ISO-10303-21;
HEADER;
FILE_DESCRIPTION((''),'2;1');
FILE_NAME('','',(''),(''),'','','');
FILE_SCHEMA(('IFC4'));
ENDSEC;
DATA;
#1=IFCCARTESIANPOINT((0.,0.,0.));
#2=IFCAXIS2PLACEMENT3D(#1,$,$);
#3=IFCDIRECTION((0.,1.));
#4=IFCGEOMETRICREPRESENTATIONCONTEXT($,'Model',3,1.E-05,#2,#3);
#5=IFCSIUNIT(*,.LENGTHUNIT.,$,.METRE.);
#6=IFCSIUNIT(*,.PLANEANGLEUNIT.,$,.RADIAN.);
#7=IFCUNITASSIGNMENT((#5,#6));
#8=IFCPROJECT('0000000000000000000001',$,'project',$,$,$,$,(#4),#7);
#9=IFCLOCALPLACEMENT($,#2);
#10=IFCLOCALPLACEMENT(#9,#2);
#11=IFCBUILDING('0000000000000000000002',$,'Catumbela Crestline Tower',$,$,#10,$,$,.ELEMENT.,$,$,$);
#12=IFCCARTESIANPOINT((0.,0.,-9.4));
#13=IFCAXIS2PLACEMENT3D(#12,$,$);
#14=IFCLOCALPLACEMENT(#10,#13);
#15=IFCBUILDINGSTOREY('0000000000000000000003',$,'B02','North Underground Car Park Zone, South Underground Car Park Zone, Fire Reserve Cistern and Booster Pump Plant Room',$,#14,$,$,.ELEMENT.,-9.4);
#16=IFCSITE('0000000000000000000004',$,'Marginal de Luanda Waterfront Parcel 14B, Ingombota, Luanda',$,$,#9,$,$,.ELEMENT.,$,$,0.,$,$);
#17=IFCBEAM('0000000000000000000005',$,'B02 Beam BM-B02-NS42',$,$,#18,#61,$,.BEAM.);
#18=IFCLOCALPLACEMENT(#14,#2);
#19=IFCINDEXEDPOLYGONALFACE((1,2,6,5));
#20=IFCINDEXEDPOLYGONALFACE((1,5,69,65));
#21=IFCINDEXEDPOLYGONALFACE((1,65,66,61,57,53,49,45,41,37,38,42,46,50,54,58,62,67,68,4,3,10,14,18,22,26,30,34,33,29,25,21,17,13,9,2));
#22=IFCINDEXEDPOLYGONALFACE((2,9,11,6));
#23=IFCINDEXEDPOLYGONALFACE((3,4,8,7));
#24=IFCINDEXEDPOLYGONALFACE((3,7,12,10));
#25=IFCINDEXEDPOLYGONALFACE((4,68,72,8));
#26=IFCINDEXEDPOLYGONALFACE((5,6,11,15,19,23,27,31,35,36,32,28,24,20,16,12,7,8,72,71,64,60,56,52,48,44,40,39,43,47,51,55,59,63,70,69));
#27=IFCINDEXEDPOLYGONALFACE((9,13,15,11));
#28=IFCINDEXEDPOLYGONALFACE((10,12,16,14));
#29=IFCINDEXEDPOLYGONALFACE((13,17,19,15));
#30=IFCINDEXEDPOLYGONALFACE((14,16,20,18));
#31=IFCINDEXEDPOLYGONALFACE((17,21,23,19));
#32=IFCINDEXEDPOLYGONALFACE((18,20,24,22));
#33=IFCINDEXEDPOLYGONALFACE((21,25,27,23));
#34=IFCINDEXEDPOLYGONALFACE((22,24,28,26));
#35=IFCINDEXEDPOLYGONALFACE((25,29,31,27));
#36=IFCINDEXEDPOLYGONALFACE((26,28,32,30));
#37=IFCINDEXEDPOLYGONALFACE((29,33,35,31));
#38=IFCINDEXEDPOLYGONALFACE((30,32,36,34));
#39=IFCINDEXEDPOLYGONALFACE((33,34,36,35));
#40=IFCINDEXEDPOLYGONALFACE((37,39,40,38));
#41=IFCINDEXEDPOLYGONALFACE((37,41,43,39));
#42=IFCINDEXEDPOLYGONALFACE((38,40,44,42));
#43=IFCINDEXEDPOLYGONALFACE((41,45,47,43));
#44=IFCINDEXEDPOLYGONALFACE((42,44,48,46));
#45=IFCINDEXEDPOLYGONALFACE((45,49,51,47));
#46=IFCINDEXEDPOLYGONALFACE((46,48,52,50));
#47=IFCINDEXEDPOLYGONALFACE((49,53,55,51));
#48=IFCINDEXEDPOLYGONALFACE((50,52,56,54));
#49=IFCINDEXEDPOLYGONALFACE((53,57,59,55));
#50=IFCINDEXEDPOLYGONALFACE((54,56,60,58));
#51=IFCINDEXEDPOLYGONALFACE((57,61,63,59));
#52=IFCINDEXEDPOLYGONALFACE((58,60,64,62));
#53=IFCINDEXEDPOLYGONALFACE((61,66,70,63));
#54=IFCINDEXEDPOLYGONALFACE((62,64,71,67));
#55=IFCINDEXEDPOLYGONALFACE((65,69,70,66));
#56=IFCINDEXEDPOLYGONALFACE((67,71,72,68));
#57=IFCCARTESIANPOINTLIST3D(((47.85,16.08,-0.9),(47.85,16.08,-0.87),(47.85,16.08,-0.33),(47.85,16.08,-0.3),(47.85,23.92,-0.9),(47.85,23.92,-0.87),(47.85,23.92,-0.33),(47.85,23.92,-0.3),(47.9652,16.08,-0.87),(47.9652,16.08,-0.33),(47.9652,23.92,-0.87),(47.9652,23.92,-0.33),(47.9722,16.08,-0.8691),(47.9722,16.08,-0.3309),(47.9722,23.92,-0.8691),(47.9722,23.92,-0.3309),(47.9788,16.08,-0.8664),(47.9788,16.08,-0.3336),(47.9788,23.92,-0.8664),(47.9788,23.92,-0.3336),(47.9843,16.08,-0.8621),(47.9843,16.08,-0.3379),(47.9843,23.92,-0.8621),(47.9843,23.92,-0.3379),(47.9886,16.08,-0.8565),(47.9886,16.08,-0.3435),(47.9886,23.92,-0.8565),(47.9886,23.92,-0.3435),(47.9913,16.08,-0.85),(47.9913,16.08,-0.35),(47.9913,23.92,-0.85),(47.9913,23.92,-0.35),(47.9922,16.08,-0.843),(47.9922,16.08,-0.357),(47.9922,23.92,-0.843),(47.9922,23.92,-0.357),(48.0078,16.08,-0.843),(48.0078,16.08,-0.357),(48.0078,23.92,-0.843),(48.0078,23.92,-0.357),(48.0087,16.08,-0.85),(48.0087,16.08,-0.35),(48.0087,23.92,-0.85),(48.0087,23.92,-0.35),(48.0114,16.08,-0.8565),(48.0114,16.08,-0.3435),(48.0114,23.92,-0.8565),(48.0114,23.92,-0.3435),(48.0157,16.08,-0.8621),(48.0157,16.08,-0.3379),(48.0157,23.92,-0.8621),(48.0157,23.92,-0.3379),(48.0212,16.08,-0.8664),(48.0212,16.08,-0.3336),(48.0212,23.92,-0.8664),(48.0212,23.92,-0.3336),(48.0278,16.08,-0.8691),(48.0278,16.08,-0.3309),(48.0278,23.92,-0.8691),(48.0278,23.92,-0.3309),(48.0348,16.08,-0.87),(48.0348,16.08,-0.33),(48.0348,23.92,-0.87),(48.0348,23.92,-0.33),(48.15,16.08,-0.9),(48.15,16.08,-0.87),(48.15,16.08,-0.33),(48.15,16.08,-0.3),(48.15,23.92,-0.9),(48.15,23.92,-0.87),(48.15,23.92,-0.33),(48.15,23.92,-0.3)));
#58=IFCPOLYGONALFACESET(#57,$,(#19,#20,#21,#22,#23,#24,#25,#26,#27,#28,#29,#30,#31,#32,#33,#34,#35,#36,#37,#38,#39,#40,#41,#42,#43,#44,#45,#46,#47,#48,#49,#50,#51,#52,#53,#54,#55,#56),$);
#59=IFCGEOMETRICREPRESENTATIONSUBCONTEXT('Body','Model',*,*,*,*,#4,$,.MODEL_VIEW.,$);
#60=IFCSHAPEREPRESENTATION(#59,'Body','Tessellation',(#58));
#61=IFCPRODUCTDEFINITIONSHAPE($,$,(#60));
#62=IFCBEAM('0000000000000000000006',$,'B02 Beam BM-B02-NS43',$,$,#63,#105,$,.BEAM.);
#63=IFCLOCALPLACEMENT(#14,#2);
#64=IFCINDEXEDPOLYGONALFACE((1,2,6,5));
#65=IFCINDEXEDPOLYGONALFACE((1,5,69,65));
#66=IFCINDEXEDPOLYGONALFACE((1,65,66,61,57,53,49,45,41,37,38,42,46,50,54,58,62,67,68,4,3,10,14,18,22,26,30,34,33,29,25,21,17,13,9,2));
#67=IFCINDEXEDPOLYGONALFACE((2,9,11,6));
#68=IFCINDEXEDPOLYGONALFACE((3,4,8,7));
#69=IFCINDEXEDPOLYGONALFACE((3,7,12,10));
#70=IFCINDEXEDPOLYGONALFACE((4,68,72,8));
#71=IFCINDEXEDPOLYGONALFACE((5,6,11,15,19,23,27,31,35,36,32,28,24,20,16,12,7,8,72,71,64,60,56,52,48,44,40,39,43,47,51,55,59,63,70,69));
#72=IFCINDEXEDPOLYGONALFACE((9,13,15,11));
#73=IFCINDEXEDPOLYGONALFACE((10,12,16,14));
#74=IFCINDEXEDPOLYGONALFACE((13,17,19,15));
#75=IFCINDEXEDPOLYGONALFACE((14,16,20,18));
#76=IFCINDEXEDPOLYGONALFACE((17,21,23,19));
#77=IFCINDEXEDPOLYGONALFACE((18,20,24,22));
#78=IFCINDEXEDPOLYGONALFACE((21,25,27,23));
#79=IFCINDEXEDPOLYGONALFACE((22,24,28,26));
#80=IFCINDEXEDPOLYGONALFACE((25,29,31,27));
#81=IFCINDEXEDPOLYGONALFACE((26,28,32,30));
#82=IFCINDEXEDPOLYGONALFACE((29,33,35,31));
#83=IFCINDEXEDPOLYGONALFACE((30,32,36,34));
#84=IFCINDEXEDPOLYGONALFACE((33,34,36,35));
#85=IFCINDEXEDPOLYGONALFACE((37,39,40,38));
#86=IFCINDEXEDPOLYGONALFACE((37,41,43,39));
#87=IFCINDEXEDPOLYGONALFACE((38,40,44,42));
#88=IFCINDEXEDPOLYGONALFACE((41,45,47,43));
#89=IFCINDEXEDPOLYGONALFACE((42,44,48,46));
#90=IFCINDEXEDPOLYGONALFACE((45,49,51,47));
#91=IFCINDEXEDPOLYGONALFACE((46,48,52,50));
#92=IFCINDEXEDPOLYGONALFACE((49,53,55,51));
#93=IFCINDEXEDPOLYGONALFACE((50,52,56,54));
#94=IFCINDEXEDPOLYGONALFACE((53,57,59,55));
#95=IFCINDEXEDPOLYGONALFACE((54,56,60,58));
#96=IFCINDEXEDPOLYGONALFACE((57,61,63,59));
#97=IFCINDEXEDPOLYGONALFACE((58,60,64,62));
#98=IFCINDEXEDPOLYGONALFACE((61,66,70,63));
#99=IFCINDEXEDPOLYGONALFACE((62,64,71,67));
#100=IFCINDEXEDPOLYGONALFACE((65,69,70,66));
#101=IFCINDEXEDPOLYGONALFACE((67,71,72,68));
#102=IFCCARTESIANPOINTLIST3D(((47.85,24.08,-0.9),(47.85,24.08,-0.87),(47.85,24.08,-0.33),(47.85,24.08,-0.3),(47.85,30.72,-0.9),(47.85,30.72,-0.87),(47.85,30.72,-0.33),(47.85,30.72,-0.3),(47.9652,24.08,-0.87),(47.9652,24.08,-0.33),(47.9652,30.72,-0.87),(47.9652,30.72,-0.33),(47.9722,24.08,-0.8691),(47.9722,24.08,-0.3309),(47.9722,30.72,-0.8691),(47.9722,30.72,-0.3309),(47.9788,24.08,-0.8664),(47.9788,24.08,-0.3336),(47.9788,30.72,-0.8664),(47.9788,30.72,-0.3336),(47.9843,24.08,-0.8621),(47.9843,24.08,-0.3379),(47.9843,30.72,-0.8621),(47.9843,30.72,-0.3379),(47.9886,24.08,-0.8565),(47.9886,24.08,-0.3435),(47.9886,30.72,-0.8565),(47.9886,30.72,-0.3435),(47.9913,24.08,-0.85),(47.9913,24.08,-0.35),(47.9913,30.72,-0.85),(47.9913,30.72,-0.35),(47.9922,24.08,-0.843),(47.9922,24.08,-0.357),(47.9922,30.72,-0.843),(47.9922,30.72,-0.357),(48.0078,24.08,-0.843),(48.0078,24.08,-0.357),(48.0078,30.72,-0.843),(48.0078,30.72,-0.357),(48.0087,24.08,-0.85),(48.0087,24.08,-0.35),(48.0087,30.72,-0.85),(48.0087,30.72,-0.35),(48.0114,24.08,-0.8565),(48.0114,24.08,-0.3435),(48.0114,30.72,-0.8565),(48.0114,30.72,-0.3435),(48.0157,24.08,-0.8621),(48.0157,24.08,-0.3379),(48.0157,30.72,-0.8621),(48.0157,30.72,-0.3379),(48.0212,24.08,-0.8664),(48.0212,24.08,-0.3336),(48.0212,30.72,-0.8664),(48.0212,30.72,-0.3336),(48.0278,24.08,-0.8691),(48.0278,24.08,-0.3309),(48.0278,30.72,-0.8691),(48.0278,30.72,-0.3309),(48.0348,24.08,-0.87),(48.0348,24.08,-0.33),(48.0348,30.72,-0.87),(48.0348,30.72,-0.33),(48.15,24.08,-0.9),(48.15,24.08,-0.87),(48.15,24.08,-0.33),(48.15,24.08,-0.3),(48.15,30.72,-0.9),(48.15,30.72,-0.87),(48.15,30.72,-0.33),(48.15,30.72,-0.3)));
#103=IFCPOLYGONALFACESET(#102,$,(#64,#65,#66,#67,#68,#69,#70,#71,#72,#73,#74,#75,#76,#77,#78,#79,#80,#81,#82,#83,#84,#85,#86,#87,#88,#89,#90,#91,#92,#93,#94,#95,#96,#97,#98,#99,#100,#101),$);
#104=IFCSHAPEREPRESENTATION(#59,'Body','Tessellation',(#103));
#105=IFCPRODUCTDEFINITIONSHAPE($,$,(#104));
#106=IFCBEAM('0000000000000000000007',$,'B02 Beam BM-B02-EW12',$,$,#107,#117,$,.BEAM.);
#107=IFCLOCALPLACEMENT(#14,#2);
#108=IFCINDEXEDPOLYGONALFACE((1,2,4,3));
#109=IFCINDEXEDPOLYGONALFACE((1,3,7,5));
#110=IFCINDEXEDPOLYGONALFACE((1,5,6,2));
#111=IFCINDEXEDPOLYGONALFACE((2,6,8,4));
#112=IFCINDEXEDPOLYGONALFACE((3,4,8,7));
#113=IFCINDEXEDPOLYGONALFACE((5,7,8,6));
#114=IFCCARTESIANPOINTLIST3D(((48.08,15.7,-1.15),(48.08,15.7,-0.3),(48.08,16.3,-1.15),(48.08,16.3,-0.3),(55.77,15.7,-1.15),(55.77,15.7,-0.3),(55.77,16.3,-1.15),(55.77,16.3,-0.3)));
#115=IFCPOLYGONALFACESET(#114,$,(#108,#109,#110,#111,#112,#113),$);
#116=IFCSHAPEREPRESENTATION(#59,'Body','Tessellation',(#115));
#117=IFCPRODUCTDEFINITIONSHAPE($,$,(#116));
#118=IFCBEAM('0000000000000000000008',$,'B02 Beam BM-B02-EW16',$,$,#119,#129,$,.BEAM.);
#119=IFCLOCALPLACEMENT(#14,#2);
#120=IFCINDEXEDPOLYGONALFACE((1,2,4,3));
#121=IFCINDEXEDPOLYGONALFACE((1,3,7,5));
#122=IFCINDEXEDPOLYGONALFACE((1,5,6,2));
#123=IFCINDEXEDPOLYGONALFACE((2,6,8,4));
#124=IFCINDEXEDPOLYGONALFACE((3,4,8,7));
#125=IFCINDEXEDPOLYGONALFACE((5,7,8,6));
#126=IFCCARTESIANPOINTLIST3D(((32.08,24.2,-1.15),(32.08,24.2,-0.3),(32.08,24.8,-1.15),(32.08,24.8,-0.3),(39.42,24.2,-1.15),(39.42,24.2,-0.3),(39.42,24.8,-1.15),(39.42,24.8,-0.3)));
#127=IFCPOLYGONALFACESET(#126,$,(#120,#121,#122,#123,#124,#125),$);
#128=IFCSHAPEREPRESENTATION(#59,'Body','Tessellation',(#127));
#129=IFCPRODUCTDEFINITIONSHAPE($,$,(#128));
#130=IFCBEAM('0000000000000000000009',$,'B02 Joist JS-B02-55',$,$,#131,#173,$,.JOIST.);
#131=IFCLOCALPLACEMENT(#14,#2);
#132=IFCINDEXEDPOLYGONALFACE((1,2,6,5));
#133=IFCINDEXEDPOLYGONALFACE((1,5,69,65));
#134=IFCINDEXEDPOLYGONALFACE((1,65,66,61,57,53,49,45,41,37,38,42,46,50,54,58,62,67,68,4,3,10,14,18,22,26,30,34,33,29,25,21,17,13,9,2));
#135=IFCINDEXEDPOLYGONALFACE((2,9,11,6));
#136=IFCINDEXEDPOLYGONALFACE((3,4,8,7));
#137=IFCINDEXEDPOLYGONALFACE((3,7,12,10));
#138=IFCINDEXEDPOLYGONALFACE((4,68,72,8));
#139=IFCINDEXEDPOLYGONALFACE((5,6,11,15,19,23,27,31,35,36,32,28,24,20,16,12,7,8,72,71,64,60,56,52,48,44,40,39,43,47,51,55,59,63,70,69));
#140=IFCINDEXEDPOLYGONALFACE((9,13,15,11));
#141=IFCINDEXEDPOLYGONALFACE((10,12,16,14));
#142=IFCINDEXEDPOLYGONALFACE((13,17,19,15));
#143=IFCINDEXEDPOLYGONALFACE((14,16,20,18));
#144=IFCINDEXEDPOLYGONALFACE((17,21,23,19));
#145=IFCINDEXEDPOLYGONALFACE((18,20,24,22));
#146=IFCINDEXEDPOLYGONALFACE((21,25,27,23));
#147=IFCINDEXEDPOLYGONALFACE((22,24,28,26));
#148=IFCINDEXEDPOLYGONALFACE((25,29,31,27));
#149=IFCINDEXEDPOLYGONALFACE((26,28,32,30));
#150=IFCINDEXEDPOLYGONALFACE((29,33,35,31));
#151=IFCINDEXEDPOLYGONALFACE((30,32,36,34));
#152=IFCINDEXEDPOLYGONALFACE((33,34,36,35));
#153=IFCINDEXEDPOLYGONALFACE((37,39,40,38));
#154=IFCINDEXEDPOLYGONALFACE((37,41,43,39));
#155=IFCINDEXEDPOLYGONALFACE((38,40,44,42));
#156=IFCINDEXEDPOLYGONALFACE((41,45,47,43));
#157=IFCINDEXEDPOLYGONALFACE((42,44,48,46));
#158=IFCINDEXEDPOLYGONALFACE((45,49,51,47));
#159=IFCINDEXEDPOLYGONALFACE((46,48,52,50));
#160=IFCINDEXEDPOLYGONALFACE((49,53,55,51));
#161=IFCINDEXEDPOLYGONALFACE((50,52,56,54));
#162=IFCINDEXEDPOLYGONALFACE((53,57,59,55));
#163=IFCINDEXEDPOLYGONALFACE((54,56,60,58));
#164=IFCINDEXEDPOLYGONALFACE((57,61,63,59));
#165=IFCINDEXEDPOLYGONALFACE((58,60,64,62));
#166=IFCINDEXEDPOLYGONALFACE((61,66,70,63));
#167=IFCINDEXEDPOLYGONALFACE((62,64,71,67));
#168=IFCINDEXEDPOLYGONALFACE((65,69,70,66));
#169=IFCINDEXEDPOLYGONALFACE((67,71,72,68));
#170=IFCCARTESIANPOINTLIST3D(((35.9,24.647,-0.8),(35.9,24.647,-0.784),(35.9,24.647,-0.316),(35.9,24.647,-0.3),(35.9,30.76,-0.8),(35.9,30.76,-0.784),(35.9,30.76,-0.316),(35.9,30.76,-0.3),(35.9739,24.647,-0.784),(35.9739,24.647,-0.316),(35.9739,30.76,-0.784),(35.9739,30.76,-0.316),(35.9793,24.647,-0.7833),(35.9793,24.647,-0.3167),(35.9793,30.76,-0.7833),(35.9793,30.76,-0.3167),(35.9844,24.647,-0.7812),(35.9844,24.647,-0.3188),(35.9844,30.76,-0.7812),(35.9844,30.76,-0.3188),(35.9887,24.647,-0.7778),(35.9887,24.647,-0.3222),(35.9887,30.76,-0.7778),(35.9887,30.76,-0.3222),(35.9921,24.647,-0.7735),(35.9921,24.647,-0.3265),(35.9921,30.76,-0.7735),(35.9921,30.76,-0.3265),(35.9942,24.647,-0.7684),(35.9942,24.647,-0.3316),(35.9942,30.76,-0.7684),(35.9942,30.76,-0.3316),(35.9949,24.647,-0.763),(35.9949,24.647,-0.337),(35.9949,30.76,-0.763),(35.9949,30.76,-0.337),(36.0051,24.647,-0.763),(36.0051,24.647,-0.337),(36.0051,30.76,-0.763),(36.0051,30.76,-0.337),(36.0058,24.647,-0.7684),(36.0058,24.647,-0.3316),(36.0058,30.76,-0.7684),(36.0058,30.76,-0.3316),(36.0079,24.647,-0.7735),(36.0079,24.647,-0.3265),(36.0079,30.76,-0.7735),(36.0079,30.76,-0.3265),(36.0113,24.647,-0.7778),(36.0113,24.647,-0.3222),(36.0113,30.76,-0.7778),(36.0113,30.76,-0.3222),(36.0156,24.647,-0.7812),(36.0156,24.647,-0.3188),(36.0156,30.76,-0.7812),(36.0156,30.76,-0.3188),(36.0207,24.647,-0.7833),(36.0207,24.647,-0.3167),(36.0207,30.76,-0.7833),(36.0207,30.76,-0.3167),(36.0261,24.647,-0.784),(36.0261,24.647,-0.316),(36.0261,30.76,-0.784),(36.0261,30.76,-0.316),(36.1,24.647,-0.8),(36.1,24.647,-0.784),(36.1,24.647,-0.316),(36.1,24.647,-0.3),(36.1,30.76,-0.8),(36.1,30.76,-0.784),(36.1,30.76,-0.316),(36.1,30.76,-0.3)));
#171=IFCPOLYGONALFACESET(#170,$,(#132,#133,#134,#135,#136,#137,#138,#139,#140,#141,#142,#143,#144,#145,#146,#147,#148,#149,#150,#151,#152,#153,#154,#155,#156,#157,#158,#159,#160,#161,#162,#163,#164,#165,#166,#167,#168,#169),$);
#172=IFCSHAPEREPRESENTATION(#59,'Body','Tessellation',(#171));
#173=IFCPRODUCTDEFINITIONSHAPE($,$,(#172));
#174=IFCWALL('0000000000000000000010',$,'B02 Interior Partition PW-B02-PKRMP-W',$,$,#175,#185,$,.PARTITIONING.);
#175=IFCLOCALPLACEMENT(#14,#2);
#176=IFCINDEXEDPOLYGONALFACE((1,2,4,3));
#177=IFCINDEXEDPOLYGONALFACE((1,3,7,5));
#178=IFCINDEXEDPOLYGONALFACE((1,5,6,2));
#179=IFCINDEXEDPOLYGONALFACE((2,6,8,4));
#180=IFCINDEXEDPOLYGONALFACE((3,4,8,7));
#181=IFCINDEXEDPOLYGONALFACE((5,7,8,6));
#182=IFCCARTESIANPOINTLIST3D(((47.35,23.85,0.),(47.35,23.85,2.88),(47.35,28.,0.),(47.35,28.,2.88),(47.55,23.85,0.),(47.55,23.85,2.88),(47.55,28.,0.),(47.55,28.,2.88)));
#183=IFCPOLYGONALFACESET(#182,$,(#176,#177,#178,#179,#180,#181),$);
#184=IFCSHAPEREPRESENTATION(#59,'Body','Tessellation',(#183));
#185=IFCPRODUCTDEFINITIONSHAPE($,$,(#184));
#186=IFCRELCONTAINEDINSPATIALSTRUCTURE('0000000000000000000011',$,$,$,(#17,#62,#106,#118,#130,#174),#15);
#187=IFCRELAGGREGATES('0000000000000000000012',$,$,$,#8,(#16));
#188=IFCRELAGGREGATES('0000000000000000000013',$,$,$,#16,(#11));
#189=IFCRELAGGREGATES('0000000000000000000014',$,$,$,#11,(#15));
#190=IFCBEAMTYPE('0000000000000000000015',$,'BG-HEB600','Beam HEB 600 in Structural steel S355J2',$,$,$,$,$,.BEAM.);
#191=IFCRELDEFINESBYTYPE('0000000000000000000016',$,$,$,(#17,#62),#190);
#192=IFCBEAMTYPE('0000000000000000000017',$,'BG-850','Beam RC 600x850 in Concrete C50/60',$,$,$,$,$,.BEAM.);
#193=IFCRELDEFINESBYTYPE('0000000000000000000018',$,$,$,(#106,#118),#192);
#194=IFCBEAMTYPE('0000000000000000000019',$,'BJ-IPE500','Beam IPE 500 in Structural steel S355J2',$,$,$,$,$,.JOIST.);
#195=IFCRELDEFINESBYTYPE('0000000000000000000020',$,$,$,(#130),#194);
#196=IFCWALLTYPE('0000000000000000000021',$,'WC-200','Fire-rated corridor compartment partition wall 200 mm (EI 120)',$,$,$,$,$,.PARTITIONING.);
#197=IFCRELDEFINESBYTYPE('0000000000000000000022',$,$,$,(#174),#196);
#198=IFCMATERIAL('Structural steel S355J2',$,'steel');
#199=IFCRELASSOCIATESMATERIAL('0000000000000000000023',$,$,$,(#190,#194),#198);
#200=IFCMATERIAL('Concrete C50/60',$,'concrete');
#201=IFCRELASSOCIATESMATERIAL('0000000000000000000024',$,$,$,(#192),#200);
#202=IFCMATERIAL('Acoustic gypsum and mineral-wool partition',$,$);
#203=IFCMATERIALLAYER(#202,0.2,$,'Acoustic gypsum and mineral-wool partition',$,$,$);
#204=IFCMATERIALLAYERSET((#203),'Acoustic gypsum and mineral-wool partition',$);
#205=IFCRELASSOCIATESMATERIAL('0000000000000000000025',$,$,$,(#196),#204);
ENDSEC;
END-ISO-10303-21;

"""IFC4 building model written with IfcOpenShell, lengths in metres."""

from ifc_helpers import new_model, si_unit, direction, frame, frame_2d, origin, origin_2d, place, context, subcontext, project, spatial, rectangle, i_section, extrude, material, layer, layer_set, material_profile, profile_set, type_object, element, save


model = new_model("IFC4")

# Units and contexts
model_context = context("Model", 3, precision=1e-05, world=origin(), true_north=direction((0.0, 1.0)))
body_context = subcontext(model_context, "Body", "Model", "MODEL_VIEW")
ifc_project = project(units=[si_unit("LENGTHUNIT", "METRE"), si_unit("PLANEANGLEUNIT", "RADIAN")], contexts=[model_context])

# Site, building, storey
site_placement = place(None, origin())
site = spatial("IfcSite", under=ifc_project, at=site_placement, Name="Marginal de Luanda Waterfront Parcel 14B, Ingombota, Luanda", CompositionType="ELEMENT", RefElevation=0.0)
building_placement = place(site_placement, origin())
building = spatial("IfcBuilding", under=site, at=building_placement, Name="Catumbela Crestline Tower", CompositionType="ELEMENT")
storey_placement = place(building_placement, frame((0.0, 0.0, -9.4)))
storey = spatial("IfcBuildingStorey", under=building, at=storey_placement, Name="B02", Description="North Underground Car Park Zone, South Underground Car Park Zone, Fire Reserve Cistern and Booster Pump Plant Room", CompositionType="ELEMENT", Elevation=-9.4)

# Shared definitions
ifc_material_1 = material(Name="Concrete C50/60", Category="concrete")

# Beams
ifc_material_2 = material(Name="Structural steel S355J2", Category="steel")
ifc_material_profile_1 = material_profile(ifc_material_2, i_section(OverallWidth=0.3, OverallDepth=0.6, WebThickness=0.0155, FlangeThickness=0.03, FilletRadius=0.027, at=origin_2d()), Name="HEB 600")
ifc_profile_set_1 = profile_set([ifc_material_profile_1], Name="Structural steel S355J2")
beam_type_1 = type_object("IfcBeamType", Name="BG-HEB600", Description="Beam HEB 600 in Structural steel S355J2", PredefinedType="BEAM", material=ifc_profile_set_1)
beam_1_placement = place(storey_placement, frame((48.0, 16.08, -0.6), z_axis=(0.0, 1.0, 0.0), x_axis=(-1.0, 0.0, 0.0)))
element("IfcBeam", 1, at=beam_1_placement, inside=storey, type_object=beam_type_1, Name="B02 Beam BM-B02-NS42", PredefinedType="BEAM", context=body_context, shape_type="SweptSolid", body=[
    extrude(i_section(OverallWidth=0.3, OverallDepth=0.6, WebThickness=0.0155, FlangeThickness=0.03, FilletRadius=0.027, at=origin_2d()), origin(), (0.0, 0.0, 1.0), 7.84),
])
beam_2_placement = place(storey_placement, frame((48.0, 24.08, -0.6), z_axis=(0.0, 1.0, 0.0), x_axis=(-1.0, 0.0, 0.0)))
element("IfcBeam", 2, at=beam_2_placement, inside=storey, type_object=beam_type_1, Name="B02 Beam BM-B02-NS43", PredefinedType="BEAM", context=body_context, shape_type="SweptSolid", body=[
    extrude(i_section(OverallWidth=0.3, OverallDepth=0.6, WebThickness=0.0155, FlangeThickness=0.03, FilletRadius=0.027, at=origin_2d()), origin(), (0.0, 0.0, 1.0), 6.64),
])
ifc_material_profile_2 = material_profile(ifc_material_1, rectangle(XDim=0.6, YDim=0.85, at=origin_2d()), Name="RC 600x850")
ifc_profile_set_2 = profile_set([ifc_material_profile_2], Name="Concrete C50/60")
beam_type_2 = type_object("IfcBeamType", Name="BG-850", Description="Beam RC 600x850 in Concrete C50/60", PredefinedType="BEAM", material=ifc_profile_set_2)
beam_3_placement = place(storey_placement, frame((48.08, 16.0, -0.725), z_axis=(1.0, 0.0, 0.0), x_axis=(0.0, 1.0, 0.0)))
element("IfcBeam", 3, at=beam_3_placement, inside=storey, type_object=beam_type_2, Name="B02 Beam BM-B02-EW12", PredefinedType="BEAM", context=body_context, shape_type="SweptSolid", body=[
    extrude(rectangle(XDim=0.6, YDim=0.85, at=origin_2d()), origin(), (0.0, 0.0, 1.0), 7.69),
])
beam_4_placement = place(storey_placement, frame((32.08, 24.5, -0.725), z_axis=(1.0, 0.0, 0.0), x_axis=(0.0, 1.0, 0.0)))
element("IfcBeam", 4, at=beam_4_placement, inside=storey, type_object=beam_type_2, Name="B02 Beam BM-B02-EW16", PredefinedType="BEAM", context=body_context, shape_type="SweptSolid", body=[
    extrude(rectangle(XDim=0.6, YDim=0.85, at=origin_2d()), origin(), (0.0, 0.0, 1.0), 7.34),
])
ifc_material_profile_3 = material_profile(ifc_material_2, i_section(OverallWidth=0.2, OverallDepth=0.5, WebThickness=0.0102, FlangeThickness=0.016, FilletRadius=0.021, at=origin_2d()), Name="IPE 500")
ifc_profile_set_3 = profile_set([ifc_material_profile_3], Name="Structural steel S355J2")
beam_type_3 = type_object("IfcBeamType", Name="BJ-IPE500", Description="Beam IPE 500 in Structural steel S355J2", PredefinedType="JOIST", material=ifc_profile_set_3)
beam_5_placement = place(storey_placement, frame((36.0, 24.647, -0.55), z_axis=(0.0, 1.0, 0.0), x_axis=(-1.0, 0.0, 0.0)))
element("IfcBeam", 5, at=beam_5_placement, inside=storey, type_object=beam_type_3, Name="B02 Joist JS-B02-55", PredefinedType="JOIST", context=body_context, shape_type="SweptSolid", body=[
    extrude(i_section(OverallWidth=0.2, OverallDepth=0.5, WebThickness=0.0102, FlangeThickness=0.016, FilletRadius=0.021, at=origin_2d()), origin(), (0.0, 0.0, 1.0), 6.113),
])

# Wall
ifc_material_3 = material(Name="Acoustic gypsum and mineral-wool partition")
ifc_layer_1 = layer(ifc_material_3, 0.2, Name="Acoustic gypsum and mineral-wool partition")
ifc_layer_set_1 = layer_set([ifc_layer_1], Name="Acoustic gypsum and mineral-wool partition")
wall_type_1 = type_object("IfcWallType", Name="WC-200", Description="Fire-rated corridor compartment partition wall 200 mm (EI 120)", PredefinedType="PARTITIONING", material=ifc_layer_set_1)
wall_1_placement = place(storey_placement, frame((47.45, 23.85, 0.0), z_axis=(0.0, 0.0, 1.0), x_axis=(0.0, 1.0, 0.0)))
element("IfcWall", 6, at=wall_1_placement, inside=storey, type_object=wall_type_1, Name="B02 Interior Partition PW-B02-PKRMP-W", PredefinedType="PARTITIONING", context=body_context, shape_type="SweptSolid", body=[
    extrude(rectangle(XDim=4.15, YDim=0.2, at=frame_2d((2.075, 0.0))), origin(), (0.0, 0.0, 1.0), 2.88),
])

save(model, "model.ifc")
